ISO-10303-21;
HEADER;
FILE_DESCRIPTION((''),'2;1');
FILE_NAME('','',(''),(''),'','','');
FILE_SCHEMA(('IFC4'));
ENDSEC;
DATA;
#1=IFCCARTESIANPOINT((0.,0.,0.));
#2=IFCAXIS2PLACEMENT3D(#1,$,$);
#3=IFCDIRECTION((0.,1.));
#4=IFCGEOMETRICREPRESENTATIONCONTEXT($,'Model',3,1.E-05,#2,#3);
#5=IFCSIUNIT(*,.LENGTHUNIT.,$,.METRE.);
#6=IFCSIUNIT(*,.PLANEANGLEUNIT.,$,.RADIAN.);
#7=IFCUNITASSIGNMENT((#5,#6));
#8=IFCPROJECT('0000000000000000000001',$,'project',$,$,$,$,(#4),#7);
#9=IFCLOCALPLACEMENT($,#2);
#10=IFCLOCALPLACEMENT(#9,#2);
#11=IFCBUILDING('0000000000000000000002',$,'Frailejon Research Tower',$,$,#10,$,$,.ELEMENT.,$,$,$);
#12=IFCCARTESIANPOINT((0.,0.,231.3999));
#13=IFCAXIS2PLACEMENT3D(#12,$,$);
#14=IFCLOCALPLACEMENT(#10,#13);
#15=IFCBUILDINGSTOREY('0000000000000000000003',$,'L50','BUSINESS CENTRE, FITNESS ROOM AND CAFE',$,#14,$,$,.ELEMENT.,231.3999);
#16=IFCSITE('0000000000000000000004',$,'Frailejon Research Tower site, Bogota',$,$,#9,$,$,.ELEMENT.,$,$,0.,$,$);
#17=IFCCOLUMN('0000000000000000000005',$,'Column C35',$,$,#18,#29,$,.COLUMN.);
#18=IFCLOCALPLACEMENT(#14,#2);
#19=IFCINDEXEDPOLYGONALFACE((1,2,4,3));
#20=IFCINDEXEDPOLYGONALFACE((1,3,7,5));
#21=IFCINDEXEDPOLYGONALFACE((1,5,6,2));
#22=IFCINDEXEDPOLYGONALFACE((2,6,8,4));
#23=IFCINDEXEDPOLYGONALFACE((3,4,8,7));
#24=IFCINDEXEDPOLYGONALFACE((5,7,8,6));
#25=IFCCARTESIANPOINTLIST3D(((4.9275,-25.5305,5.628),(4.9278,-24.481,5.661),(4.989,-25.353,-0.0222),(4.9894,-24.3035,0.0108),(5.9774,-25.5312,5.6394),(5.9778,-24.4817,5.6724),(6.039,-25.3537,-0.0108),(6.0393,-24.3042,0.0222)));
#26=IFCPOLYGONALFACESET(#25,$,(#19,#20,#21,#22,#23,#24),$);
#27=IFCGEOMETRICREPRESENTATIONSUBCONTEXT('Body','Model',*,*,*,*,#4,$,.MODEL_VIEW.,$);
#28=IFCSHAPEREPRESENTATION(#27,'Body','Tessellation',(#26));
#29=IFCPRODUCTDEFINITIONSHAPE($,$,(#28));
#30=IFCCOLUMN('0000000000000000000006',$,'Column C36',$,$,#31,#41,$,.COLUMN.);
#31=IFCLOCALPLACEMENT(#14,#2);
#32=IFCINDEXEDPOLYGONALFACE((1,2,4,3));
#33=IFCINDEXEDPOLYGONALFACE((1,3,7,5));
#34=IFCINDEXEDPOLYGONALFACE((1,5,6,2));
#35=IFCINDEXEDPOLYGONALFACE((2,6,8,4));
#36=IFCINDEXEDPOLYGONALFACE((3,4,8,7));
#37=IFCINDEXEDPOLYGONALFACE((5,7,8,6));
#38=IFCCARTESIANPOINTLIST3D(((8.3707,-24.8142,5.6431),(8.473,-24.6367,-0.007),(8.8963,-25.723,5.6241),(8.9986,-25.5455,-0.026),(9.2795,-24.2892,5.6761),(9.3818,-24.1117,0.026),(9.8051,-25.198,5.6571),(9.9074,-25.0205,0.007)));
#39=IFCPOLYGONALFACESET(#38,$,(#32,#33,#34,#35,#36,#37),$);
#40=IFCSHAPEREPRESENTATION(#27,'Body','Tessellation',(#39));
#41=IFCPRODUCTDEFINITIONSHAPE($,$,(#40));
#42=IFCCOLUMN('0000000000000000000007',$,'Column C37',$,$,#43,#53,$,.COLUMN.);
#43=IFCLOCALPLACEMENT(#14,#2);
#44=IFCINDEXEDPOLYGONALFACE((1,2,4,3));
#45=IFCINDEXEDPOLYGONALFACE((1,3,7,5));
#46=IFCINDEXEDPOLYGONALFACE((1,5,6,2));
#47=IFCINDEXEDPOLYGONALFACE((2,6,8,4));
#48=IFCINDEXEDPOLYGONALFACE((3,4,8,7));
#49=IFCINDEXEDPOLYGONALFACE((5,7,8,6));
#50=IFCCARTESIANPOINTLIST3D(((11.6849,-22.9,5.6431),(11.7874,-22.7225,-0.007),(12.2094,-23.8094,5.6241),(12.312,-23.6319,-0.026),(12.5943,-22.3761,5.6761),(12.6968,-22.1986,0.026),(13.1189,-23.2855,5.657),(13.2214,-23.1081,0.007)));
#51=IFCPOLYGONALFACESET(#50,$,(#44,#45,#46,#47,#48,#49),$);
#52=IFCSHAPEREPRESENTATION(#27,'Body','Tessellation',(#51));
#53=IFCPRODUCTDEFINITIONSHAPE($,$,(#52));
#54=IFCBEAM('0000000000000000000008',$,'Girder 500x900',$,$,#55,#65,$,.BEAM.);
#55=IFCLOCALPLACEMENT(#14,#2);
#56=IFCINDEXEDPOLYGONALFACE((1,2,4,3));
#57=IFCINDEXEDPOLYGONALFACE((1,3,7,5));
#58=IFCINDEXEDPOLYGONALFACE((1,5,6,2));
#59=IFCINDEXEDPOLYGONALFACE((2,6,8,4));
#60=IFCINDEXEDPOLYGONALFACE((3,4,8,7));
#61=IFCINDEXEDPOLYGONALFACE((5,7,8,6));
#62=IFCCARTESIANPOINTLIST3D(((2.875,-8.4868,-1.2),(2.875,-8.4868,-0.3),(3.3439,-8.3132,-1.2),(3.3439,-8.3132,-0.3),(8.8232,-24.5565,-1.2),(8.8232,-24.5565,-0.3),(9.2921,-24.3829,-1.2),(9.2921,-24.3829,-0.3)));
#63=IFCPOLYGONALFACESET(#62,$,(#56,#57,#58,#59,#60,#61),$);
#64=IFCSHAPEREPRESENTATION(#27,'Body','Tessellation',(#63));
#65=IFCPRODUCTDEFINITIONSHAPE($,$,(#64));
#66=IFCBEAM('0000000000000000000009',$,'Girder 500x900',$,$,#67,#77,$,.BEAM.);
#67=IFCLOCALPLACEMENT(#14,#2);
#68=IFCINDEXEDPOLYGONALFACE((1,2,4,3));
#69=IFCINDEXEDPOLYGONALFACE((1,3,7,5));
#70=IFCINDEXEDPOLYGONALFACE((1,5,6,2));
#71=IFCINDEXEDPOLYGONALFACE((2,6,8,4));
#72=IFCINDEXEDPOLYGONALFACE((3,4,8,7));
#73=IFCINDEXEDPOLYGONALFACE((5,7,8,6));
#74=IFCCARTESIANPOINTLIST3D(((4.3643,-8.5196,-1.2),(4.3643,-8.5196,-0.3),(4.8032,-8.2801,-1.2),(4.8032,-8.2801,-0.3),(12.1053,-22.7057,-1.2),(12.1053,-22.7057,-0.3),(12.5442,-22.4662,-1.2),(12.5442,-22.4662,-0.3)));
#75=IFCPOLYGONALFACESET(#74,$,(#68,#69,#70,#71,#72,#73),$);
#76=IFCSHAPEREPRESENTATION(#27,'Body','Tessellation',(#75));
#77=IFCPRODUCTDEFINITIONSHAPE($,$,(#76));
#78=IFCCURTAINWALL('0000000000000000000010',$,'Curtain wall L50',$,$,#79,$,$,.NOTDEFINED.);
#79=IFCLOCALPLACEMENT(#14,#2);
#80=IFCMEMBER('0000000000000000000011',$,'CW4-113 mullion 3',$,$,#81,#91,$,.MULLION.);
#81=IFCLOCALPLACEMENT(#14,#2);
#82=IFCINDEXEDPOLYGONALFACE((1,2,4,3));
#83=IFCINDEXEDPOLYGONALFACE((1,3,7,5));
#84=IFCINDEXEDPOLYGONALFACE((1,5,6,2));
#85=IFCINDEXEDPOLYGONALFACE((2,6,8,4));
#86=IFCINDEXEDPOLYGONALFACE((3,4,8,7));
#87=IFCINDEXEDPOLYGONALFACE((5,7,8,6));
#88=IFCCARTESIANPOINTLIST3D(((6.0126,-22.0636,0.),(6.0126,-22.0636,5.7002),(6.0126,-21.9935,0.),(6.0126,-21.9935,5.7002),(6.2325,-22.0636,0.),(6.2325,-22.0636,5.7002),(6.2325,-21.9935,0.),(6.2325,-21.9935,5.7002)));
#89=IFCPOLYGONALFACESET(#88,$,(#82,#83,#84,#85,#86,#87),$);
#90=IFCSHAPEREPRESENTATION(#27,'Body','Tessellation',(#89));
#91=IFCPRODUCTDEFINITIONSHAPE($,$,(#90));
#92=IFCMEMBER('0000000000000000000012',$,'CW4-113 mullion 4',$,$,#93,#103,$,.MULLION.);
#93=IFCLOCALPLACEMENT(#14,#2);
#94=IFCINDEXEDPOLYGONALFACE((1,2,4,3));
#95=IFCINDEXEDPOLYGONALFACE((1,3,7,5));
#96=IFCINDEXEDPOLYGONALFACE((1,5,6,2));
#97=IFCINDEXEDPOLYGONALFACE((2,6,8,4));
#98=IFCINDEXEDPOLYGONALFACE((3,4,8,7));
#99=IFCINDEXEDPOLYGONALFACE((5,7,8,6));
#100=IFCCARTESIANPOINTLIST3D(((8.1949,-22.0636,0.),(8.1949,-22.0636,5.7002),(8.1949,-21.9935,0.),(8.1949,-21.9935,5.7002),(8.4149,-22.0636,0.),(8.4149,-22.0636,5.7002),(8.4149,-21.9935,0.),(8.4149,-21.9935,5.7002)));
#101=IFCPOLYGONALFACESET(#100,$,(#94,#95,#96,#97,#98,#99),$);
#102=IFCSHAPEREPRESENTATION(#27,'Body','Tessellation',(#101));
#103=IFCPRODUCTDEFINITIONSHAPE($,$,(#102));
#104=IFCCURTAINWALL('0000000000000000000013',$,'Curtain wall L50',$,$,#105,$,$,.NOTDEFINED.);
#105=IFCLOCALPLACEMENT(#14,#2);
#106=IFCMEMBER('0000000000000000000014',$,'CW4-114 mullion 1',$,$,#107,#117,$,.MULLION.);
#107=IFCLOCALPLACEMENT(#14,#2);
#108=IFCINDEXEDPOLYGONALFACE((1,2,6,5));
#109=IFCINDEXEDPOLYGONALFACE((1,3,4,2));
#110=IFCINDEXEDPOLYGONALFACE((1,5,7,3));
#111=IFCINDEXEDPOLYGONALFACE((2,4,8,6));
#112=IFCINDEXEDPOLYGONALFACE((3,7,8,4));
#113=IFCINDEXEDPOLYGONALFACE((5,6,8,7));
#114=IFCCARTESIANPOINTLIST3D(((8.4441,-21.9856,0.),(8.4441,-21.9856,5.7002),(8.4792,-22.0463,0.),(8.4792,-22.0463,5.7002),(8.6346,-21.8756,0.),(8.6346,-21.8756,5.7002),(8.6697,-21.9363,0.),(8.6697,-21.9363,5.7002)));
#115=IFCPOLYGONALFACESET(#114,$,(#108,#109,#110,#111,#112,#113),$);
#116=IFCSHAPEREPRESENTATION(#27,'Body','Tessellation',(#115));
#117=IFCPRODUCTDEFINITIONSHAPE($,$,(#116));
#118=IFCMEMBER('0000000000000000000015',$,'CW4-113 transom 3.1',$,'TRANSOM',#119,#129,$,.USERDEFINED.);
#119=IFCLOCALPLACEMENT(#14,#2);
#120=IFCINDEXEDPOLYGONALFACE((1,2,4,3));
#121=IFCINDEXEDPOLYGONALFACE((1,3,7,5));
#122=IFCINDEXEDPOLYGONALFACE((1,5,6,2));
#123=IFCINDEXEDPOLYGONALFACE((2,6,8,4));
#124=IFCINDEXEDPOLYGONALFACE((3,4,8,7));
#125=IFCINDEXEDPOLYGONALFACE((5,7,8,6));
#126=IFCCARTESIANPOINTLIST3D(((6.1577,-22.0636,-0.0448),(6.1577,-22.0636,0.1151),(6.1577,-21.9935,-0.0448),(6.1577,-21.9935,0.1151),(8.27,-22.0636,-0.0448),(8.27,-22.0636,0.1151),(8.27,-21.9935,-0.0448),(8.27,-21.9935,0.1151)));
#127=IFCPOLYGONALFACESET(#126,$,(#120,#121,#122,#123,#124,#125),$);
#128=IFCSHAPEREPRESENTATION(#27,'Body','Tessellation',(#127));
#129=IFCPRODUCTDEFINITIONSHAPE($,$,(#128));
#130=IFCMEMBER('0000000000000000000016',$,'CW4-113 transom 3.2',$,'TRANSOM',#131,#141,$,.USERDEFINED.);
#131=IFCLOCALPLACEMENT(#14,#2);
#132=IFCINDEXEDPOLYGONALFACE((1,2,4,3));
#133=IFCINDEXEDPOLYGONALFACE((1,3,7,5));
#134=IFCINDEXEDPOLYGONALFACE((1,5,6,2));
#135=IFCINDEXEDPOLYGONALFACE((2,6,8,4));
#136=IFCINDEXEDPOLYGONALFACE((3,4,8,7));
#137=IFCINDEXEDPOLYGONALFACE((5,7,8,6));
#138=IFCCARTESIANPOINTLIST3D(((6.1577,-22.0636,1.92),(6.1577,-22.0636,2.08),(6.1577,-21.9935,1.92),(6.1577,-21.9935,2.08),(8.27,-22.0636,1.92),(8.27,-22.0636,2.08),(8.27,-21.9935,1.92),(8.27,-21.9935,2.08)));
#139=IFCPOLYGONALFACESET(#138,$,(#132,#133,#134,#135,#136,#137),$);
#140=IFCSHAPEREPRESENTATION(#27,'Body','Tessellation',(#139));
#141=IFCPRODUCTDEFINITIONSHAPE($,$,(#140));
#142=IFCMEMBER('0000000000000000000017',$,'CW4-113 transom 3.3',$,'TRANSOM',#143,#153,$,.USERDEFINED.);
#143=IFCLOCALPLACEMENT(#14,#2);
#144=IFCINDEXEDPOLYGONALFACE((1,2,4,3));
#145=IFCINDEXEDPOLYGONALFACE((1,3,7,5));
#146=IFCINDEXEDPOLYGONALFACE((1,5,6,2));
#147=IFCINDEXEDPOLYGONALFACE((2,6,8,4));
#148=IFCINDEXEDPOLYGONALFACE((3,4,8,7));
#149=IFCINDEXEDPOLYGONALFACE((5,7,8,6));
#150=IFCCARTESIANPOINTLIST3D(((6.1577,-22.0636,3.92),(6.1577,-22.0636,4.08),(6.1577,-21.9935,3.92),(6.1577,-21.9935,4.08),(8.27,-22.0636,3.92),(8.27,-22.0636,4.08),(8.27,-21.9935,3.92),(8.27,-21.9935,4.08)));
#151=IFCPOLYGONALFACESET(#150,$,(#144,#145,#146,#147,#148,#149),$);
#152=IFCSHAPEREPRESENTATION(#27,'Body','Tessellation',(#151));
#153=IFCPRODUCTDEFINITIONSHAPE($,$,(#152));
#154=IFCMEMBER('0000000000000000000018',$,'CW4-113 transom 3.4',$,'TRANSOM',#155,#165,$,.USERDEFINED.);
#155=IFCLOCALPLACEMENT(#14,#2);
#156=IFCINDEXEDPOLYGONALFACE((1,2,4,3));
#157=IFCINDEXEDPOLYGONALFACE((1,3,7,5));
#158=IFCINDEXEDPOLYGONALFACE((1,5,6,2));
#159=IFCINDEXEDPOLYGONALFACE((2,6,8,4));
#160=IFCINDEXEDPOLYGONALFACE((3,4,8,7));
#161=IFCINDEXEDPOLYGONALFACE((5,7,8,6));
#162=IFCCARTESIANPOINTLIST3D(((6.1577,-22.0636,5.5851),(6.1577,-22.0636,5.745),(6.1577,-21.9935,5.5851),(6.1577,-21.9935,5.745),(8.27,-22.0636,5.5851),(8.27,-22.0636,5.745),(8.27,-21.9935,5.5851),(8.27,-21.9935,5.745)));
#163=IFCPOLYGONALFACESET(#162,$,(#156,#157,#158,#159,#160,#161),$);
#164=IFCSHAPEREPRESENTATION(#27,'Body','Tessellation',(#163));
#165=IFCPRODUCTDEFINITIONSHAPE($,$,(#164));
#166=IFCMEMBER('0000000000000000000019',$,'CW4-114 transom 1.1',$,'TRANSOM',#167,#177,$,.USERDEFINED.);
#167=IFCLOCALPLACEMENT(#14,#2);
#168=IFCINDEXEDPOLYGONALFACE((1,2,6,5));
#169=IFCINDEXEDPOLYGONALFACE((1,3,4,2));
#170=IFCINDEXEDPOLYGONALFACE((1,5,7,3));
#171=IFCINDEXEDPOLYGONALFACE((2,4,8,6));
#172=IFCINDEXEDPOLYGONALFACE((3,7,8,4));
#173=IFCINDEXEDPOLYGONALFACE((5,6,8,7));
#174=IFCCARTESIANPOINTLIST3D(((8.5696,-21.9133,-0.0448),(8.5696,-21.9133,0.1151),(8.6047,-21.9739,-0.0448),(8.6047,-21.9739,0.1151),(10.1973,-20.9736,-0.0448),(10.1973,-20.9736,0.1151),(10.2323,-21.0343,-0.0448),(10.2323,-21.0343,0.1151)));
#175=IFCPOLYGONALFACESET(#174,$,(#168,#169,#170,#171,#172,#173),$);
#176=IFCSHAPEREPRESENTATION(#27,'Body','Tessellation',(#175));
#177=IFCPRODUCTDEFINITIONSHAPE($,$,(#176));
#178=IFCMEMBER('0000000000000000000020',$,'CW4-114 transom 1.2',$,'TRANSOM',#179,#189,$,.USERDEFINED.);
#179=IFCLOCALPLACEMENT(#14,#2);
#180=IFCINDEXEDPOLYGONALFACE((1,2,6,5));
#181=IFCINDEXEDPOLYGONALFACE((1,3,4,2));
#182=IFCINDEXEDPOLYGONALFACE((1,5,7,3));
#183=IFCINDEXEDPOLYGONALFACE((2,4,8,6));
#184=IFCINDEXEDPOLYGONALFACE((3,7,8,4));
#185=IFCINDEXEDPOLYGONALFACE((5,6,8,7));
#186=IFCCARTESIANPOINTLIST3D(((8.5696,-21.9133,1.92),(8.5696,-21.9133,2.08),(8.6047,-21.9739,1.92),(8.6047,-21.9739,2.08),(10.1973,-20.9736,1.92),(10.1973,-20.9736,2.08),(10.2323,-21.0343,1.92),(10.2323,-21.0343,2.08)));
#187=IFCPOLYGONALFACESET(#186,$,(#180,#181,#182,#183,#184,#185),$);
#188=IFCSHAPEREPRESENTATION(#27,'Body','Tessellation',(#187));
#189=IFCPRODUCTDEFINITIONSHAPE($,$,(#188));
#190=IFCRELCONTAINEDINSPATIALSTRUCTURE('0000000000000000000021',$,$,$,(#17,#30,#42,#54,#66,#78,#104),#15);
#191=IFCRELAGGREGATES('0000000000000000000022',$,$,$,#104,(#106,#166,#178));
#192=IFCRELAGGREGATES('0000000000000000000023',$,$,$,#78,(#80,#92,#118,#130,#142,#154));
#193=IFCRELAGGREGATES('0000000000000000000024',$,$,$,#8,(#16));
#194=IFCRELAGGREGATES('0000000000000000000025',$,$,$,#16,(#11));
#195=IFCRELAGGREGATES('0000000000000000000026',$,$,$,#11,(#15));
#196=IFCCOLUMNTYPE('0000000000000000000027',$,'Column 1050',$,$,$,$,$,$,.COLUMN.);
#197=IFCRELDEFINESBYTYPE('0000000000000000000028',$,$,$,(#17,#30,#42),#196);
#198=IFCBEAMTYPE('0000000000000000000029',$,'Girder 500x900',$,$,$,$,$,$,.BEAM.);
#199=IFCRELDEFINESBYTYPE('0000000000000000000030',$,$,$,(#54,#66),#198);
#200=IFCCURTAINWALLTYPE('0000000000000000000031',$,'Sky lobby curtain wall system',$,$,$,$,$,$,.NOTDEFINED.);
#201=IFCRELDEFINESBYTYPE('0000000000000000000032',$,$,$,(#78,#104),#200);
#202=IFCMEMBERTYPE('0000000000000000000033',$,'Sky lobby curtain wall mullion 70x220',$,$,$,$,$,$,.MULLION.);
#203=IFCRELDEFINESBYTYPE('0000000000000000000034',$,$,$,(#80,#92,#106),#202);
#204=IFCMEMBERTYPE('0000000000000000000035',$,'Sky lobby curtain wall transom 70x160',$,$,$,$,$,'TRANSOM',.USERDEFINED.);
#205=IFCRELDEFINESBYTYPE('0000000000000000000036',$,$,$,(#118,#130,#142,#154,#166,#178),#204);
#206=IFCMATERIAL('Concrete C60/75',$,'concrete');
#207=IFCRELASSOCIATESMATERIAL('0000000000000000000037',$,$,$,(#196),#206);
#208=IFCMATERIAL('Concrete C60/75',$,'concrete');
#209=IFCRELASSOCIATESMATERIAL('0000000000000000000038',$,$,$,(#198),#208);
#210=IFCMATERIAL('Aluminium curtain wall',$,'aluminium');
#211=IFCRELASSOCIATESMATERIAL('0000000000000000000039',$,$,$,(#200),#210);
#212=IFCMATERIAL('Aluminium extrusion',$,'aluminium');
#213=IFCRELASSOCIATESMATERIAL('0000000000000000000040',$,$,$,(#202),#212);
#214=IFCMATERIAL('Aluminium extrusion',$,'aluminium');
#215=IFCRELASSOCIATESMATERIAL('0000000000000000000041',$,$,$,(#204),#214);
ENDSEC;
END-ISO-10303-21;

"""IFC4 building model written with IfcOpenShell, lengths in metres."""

from ifc_helpers import new_model, si_unit, direction, frame, origin, origin_2d, place, context, subcontext, project, spatial, rectangle, extrude, material, material_profile, profile_set, type_object, element, aggregate, save


model = new_model("IFC4")

# Units and contexts
model_context = context("Model", 3, precision=1e-05, world=origin(), true_north=direction((0.0, 1.0)))
body_context = subcontext(model_context, "Body", "Model", "MODEL_VIEW")
ifc_project = project(units=[si_unit("LENGTHUNIT", "METRE"), si_unit("PLANEANGLEUNIT", "RADIAN")], contexts=[model_context])

# Site, building, storey
site_placement = place(None, origin())
site = spatial("IfcSite", under=ifc_project, at=site_placement, Name="Frailejon Research Tower site, Bogota", CompositionType="ELEMENT", RefElevation=0.0)
building_placement = place(site_placement, origin())
building = spatial("IfcBuilding", under=site, at=building_placement, Name="Frailejon Research Tower", CompositionType="ELEMENT")
storey_placement = place(building_placement, frame((0.0, 0.0, 231.3999)))
storey = spatial("IfcBuildingStorey", under=building, at=storey_placement, Name="L50", Description="BUSINESS CENTRE, FITNESS ROOM AND CAFE", CompositionType="ELEMENT", Elevation=231.3999)

# Columns
ifc_material_1 = material(Name="Concrete C60/75", Category="concrete")
ifc_material_profile_1 = material_profile(ifc_material_1, rectangle(XDim=1.05, YDim=1.05, at=origin_2d()), Name="Column 1050")
ifc_profile_set_1 = profile_set([ifc_material_profile_1], Name="Concrete C60/75")
column_type = type_object("IfcColumnType", Name="Column 1050", PredefinedType="COLUMN", material=ifc_profile_set_1)
column_placement = place(storey_placement, frame((5.5142, -24.8286, 0.0), z_axis=(-0.010883, -0.031396, 0.999448), x_axis=(0.999941, -0.000693, 0.010866)))
element("IfcColumn", 1, at=column_placement, inside=storey, type_object=column_type, Name="Column C35", PredefinedType="COLUMN", context=body_context, shape_type="SweptSolid", body=[
    extrude(rectangle(XDim=1.05, YDim=1.05, at=origin_2d()), origin(), (0.0, 0.0, 1.0), 5.6533),
])
for number, where, z_axis, x_axis, name in (
    (2, (9.1902, -24.8286, 0.0), (-0.018093, -0.031393, 0.999343), (0.865482, 0.499956, 0.031375), "Column C36"),
    (3, (12.5044, -22.9153, 0.0), (-0.018136, -0.031393, 0.999343), (0.866081, 0.498917, 0.03139), "Column C37"),
):
    element("IfcColumn", number, at=place(storey_placement, frame(where, z_axis=z_axis, x_axis=x_axis)), inside=storey, type_object=column_type, Name=name, PredefinedType="COLUMN", context=body_context, shape_type="SweptSolid", body=[
        extrude(rectangle(XDim=1.05, YDim=1.05, at=origin_2d()), origin(), (0.0, 0.0, 1.0), 5.6538),
    ])

# Beams
ifc_material_2 = material(Name="Concrete C60/75", Category="concrete")
ifc_material_profile_2 = material_profile(ifc_material_2, rectangle(XDim=0.5, YDim=0.8999, at=origin_2d()), Name="Girder 500x900")
ifc_profile_set_2 = profile_set([ifc_material_profile_2], Name="Concrete C60/75")
beam_type_1 = type_object("IfcBeamType", Name="Girder 500x900", PredefinedType="BEAM", material=ifc_profile_set_2)
beam_1_placement = place(storey_placement, frame((9.0576, -24.4697, -0.75), z_axis=(-0.347132, 0.937816, 0.0), x_axis=(-0.937816, -0.347132, 0.0)))
element("IfcBeam", 4, at=beam_1_placement, inside=storey, type_object=beam_type_1, Name="Girder 500x900", PredefinedType="BEAM", context=body_context, shape_type="SweptSolid", body=[
    extrude(rectangle(XDim=0.5, YDim=0.8999, at=origin_2d()), origin(), (0.0, 0.0, 1.0), 17.1353),
])
beam_2_placement = place(storey_placement, frame((12.3247, -22.5859, -0.75), z_axis=(-0.479001, 0.877814, 0.0), x_axis=(-0.877814, -0.479001, 0.0)))
element("IfcBeam", 5, at=beam_2_placement, inside=storey, type_object=beam_type_1, Name="Girder 500x900", PredefinedType="BEAM", context=body_context, shape_type="SweptSolid", body=[
    extrude(rectangle(XDim=0.5, YDim=0.8999, at=origin_2d()), origin(), (0.0, 0.0, 1.0), 16.1606),
])

# Curtain wall, members
ifc_material_3 = material(Name="Aluminium curtain wall", Category="aluminium")
curtain_wall_type = type_object("IfcCurtainWallType", Name="Sky lobby curtain wall system", PredefinedType="NOTDEFINED", material=ifc_material_3)
curtain_wall_1_placement = place(storey_placement, origin())
curtain_wall_1 = element("IfcCurtainWall", 6, at=curtain_wall_1_placement, inside=storey, type_object=curtain_wall_type, Name="Curtain wall L50", PredefinedType="NOTDEFINED")
ifc_material_4 = material(Name="Aluminium extrusion", Category="aluminium")
ifc_material_profile_3 = material_profile(ifc_material_4, rectangle(XDim=0.0701, YDim=0.22, at=origin_2d()), Name="Sky lobby curtain wall mullion 70x220")
ifc_profile_set_3 = profile_set([ifc_material_profile_3], Name="Aluminium extrusion")
member_type_1 = type_object("IfcMemberType", Name="Sky lobby curtain wall mullion 70x220", PredefinedType="MULLION", material=ifc_profile_set_3)
member_1_placement = place(storey_placement, frame((6.1226, -22.0286, 0.0), z_axis=(0.0, 0.0, 1.0), x_axis=(0.0, 1.0, 0.0)))
member_1 = element("IfcMember", 7, at=member_1_placement, type_object=member_type_1, Name="CW4-113 mullion 3", PredefinedType="MULLION", context=body_context, shape_type="SweptSolid", body=[
    extrude(rectangle(XDim=0.0701, YDim=0.22, at=origin_2d()), origin(), (0.0, 0.0, 1.0), 5.7002),
])
member_2_placement = place(storey_placement, frame((8.3049, -22.0286, 0.0), z_axis=(0.0, 0.0, 1.0), x_axis=(0.0, 1.0, 0.0)))
member_2 = element("IfcMember", 8, at=member_2_placement, type_object=member_type_1, Name="CW4-113 mullion 4", PredefinedType="MULLION", context=body_context, shape_type="SweptSolid", body=[
    extrude(rectangle(XDim=0.0701, YDim=0.22, at=origin_2d()), origin(), (0.0, 0.0, 1.0), 5.7002),
])

# Curtain wall, member
curtain_wall_2_placement = place(storey_placement, origin())
curtain_wall_2 = element("IfcCurtainWall", 9, at=curtain_wall_2_placement, inside=storey, type_object=curtain_wall_type, Name="Curtain wall L50", PredefinedType="NOTDEFINED")
member_3_placement = place(storey_placement, frame((8.5569, -21.9609, 0.0), z_axis=(0.0, 0.0, 1.0), x_axis=(-0.499991, 0.866031, 0.0)))
member_3 = element("IfcMember", 10, at=member_3_placement, type_object=member_type_1, Name="CW4-114 mullion 1", PredefinedType="MULLION", context=body_context, shape_type="SweptSolid", body=[
    extrude(rectangle(XDim=0.0701, YDim=0.22, at=origin_2d()), origin(), (0.0, 0.0, 1.0), 5.7002),
])

# Members
ifc_material_5 = material(Name="Aluminium extrusion", Category="aluminium")
ifc_material_profile_4 = material_profile(ifc_material_5, rectangle(XDim=0.0701, YDim=0.1599, at=origin_2d()), Name="Sky lobby curtain wall transom 70x160")
ifc_profile_set_4 = profile_set([ifc_material_profile_4], Name="Aluminium extrusion")
member_type_2 = type_object("IfcMemberType", Name="Sky lobby curtain wall transom 70x160", ElementType="TRANSOM", PredefinedType="USERDEFINED", material=ifc_profile_set_4)
member_4_placement = place(storey_placement, frame((6.1577, -22.0286, 0.0352), z_axis=(1.0, 0.0, 0.0), x_axis=(0.0, 1.0, 0.0)))
member_4 = element("IfcMember", 11, at=member_4_placement, type_object=member_type_2, Name="CW4-113 transom 3.1", ObjectType="TRANSOM", PredefinedType="USERDEFINED", context=body_context, shape_type="SweptSolid", body=[
    extrude(rectangle(XDim=0.0701, YDim=0.1599, at=origin_2d()), origin(), (0.0, 0.0, 1.0), 2.1123),
])
member_5_placement = place(storey_placement, frame((6.1577, -22.0286, 2.0), z_axis=(1.0, 0.0, 0.0), x_axis=(0.0, 1.0, 0.0)))
member_5 = element("IfcMember", 12, at=member_5_placement, type_object=member_type_2, Name="CW4-113 transom 3.2", ObjectType="TRANSOM", PredefinedType="USERDEFINED", context=body_context, shape_type="SweptSolid", body=[
    extrude(rectangle(XDim=0.0701, YDim=0.1599, at=origin_2d()), origin(), (0.0, 0.0, 1.0), 2.1123),
])
member_6_placement = place(storey_placement, frame((6.1577, -22.0286, 4.0), z_axis=(1.0, 0.0, 0.0), x_axis=(0.0, 1.0, 0.0)))
member_6 = element("IfcMember", 13, at=member_6_placement, type_object=member_type_2, Name="CW4-113 transom 3.3", ObjectType="TRANSOM", PredefinedType="USERDEFINED", context=body_context, shape_type="SweptSolid", body=[
    extrude(rectangle(XDim=0.0701, YDim=0.1599, at=origin_2d()), origin(), (0.0, 0.0, 1.0), 2.1123),
])
member_7_placement = place(storey_placement, frame((6.1577, -22.0286, 5.665), z_axis=(1.0, 0.0, 0.0), x_axis=(0.0, 1.0, 0.0)))
member_7 = element("IfcMember", 14, at=member_7_placement, type_object=member_type_2, Name="CW4-113 transom 3.4", ObjectType="TRANSOM", PredefinedType="USERDEFINED", context=body_context, shape_type="SweptSolid", body=[
    extrude(rectangle(XDim=0.0701, YDim=0.1599, at=origin_2d()), origin(), (0.0, 0.0, 1.0), 2.1123),
])
member_8_placement = place(storey_placement, frame((8.5872, -21.9436, 0.0352), z_axis=(0.866036, 0.499981, 0.0), x_axis=(-0.499981, 0.866036, 0.0)))
member_8 = element("IfcMember", 15, at=member_8_placement, type_object=member_type_2, Name="CW4-114 transom 1.1", ObjectType="TRANSOM", PredefinedType="USERDEFINED", context=body_context, shape_type="SweptSolid", body=[
    extrude(rectangle(XDim=0.0701, YDim=0.1599, at=origin_2d()), origin(), (0.0, 0.0, 1.0), 1.8794),
])
member_9_placement = place(storey_placement, frame((8.5872, -21.9436, 2.0), z_axis=(0.866036, 0.499981, 0.0), x_axis=(-0.499981, 0.866036, 0.0)))
member_9 = element("IfcMember", 16, at=member_9_placement, type_object=member_type_2, Name="CW4-114 transom 1.2", ObjectType="TRANSOM", PredefinedType="USERDEFINED", context=body_context, shape_type="SweptSolid", body=[
    extrude(rectangle(XDim=0.0701, YDim=0.1599, at=origin_2d()), origin(), (0.0, 0.0, 1.0), 1.8794),
])
aggregate(curtain_wall_2, [member_3, member_8, member_9])

aggregate(curtain_wall_1, [member_1, member_2, member_4, member_5, member_6, member_7])

save(model, "model.ifc")
